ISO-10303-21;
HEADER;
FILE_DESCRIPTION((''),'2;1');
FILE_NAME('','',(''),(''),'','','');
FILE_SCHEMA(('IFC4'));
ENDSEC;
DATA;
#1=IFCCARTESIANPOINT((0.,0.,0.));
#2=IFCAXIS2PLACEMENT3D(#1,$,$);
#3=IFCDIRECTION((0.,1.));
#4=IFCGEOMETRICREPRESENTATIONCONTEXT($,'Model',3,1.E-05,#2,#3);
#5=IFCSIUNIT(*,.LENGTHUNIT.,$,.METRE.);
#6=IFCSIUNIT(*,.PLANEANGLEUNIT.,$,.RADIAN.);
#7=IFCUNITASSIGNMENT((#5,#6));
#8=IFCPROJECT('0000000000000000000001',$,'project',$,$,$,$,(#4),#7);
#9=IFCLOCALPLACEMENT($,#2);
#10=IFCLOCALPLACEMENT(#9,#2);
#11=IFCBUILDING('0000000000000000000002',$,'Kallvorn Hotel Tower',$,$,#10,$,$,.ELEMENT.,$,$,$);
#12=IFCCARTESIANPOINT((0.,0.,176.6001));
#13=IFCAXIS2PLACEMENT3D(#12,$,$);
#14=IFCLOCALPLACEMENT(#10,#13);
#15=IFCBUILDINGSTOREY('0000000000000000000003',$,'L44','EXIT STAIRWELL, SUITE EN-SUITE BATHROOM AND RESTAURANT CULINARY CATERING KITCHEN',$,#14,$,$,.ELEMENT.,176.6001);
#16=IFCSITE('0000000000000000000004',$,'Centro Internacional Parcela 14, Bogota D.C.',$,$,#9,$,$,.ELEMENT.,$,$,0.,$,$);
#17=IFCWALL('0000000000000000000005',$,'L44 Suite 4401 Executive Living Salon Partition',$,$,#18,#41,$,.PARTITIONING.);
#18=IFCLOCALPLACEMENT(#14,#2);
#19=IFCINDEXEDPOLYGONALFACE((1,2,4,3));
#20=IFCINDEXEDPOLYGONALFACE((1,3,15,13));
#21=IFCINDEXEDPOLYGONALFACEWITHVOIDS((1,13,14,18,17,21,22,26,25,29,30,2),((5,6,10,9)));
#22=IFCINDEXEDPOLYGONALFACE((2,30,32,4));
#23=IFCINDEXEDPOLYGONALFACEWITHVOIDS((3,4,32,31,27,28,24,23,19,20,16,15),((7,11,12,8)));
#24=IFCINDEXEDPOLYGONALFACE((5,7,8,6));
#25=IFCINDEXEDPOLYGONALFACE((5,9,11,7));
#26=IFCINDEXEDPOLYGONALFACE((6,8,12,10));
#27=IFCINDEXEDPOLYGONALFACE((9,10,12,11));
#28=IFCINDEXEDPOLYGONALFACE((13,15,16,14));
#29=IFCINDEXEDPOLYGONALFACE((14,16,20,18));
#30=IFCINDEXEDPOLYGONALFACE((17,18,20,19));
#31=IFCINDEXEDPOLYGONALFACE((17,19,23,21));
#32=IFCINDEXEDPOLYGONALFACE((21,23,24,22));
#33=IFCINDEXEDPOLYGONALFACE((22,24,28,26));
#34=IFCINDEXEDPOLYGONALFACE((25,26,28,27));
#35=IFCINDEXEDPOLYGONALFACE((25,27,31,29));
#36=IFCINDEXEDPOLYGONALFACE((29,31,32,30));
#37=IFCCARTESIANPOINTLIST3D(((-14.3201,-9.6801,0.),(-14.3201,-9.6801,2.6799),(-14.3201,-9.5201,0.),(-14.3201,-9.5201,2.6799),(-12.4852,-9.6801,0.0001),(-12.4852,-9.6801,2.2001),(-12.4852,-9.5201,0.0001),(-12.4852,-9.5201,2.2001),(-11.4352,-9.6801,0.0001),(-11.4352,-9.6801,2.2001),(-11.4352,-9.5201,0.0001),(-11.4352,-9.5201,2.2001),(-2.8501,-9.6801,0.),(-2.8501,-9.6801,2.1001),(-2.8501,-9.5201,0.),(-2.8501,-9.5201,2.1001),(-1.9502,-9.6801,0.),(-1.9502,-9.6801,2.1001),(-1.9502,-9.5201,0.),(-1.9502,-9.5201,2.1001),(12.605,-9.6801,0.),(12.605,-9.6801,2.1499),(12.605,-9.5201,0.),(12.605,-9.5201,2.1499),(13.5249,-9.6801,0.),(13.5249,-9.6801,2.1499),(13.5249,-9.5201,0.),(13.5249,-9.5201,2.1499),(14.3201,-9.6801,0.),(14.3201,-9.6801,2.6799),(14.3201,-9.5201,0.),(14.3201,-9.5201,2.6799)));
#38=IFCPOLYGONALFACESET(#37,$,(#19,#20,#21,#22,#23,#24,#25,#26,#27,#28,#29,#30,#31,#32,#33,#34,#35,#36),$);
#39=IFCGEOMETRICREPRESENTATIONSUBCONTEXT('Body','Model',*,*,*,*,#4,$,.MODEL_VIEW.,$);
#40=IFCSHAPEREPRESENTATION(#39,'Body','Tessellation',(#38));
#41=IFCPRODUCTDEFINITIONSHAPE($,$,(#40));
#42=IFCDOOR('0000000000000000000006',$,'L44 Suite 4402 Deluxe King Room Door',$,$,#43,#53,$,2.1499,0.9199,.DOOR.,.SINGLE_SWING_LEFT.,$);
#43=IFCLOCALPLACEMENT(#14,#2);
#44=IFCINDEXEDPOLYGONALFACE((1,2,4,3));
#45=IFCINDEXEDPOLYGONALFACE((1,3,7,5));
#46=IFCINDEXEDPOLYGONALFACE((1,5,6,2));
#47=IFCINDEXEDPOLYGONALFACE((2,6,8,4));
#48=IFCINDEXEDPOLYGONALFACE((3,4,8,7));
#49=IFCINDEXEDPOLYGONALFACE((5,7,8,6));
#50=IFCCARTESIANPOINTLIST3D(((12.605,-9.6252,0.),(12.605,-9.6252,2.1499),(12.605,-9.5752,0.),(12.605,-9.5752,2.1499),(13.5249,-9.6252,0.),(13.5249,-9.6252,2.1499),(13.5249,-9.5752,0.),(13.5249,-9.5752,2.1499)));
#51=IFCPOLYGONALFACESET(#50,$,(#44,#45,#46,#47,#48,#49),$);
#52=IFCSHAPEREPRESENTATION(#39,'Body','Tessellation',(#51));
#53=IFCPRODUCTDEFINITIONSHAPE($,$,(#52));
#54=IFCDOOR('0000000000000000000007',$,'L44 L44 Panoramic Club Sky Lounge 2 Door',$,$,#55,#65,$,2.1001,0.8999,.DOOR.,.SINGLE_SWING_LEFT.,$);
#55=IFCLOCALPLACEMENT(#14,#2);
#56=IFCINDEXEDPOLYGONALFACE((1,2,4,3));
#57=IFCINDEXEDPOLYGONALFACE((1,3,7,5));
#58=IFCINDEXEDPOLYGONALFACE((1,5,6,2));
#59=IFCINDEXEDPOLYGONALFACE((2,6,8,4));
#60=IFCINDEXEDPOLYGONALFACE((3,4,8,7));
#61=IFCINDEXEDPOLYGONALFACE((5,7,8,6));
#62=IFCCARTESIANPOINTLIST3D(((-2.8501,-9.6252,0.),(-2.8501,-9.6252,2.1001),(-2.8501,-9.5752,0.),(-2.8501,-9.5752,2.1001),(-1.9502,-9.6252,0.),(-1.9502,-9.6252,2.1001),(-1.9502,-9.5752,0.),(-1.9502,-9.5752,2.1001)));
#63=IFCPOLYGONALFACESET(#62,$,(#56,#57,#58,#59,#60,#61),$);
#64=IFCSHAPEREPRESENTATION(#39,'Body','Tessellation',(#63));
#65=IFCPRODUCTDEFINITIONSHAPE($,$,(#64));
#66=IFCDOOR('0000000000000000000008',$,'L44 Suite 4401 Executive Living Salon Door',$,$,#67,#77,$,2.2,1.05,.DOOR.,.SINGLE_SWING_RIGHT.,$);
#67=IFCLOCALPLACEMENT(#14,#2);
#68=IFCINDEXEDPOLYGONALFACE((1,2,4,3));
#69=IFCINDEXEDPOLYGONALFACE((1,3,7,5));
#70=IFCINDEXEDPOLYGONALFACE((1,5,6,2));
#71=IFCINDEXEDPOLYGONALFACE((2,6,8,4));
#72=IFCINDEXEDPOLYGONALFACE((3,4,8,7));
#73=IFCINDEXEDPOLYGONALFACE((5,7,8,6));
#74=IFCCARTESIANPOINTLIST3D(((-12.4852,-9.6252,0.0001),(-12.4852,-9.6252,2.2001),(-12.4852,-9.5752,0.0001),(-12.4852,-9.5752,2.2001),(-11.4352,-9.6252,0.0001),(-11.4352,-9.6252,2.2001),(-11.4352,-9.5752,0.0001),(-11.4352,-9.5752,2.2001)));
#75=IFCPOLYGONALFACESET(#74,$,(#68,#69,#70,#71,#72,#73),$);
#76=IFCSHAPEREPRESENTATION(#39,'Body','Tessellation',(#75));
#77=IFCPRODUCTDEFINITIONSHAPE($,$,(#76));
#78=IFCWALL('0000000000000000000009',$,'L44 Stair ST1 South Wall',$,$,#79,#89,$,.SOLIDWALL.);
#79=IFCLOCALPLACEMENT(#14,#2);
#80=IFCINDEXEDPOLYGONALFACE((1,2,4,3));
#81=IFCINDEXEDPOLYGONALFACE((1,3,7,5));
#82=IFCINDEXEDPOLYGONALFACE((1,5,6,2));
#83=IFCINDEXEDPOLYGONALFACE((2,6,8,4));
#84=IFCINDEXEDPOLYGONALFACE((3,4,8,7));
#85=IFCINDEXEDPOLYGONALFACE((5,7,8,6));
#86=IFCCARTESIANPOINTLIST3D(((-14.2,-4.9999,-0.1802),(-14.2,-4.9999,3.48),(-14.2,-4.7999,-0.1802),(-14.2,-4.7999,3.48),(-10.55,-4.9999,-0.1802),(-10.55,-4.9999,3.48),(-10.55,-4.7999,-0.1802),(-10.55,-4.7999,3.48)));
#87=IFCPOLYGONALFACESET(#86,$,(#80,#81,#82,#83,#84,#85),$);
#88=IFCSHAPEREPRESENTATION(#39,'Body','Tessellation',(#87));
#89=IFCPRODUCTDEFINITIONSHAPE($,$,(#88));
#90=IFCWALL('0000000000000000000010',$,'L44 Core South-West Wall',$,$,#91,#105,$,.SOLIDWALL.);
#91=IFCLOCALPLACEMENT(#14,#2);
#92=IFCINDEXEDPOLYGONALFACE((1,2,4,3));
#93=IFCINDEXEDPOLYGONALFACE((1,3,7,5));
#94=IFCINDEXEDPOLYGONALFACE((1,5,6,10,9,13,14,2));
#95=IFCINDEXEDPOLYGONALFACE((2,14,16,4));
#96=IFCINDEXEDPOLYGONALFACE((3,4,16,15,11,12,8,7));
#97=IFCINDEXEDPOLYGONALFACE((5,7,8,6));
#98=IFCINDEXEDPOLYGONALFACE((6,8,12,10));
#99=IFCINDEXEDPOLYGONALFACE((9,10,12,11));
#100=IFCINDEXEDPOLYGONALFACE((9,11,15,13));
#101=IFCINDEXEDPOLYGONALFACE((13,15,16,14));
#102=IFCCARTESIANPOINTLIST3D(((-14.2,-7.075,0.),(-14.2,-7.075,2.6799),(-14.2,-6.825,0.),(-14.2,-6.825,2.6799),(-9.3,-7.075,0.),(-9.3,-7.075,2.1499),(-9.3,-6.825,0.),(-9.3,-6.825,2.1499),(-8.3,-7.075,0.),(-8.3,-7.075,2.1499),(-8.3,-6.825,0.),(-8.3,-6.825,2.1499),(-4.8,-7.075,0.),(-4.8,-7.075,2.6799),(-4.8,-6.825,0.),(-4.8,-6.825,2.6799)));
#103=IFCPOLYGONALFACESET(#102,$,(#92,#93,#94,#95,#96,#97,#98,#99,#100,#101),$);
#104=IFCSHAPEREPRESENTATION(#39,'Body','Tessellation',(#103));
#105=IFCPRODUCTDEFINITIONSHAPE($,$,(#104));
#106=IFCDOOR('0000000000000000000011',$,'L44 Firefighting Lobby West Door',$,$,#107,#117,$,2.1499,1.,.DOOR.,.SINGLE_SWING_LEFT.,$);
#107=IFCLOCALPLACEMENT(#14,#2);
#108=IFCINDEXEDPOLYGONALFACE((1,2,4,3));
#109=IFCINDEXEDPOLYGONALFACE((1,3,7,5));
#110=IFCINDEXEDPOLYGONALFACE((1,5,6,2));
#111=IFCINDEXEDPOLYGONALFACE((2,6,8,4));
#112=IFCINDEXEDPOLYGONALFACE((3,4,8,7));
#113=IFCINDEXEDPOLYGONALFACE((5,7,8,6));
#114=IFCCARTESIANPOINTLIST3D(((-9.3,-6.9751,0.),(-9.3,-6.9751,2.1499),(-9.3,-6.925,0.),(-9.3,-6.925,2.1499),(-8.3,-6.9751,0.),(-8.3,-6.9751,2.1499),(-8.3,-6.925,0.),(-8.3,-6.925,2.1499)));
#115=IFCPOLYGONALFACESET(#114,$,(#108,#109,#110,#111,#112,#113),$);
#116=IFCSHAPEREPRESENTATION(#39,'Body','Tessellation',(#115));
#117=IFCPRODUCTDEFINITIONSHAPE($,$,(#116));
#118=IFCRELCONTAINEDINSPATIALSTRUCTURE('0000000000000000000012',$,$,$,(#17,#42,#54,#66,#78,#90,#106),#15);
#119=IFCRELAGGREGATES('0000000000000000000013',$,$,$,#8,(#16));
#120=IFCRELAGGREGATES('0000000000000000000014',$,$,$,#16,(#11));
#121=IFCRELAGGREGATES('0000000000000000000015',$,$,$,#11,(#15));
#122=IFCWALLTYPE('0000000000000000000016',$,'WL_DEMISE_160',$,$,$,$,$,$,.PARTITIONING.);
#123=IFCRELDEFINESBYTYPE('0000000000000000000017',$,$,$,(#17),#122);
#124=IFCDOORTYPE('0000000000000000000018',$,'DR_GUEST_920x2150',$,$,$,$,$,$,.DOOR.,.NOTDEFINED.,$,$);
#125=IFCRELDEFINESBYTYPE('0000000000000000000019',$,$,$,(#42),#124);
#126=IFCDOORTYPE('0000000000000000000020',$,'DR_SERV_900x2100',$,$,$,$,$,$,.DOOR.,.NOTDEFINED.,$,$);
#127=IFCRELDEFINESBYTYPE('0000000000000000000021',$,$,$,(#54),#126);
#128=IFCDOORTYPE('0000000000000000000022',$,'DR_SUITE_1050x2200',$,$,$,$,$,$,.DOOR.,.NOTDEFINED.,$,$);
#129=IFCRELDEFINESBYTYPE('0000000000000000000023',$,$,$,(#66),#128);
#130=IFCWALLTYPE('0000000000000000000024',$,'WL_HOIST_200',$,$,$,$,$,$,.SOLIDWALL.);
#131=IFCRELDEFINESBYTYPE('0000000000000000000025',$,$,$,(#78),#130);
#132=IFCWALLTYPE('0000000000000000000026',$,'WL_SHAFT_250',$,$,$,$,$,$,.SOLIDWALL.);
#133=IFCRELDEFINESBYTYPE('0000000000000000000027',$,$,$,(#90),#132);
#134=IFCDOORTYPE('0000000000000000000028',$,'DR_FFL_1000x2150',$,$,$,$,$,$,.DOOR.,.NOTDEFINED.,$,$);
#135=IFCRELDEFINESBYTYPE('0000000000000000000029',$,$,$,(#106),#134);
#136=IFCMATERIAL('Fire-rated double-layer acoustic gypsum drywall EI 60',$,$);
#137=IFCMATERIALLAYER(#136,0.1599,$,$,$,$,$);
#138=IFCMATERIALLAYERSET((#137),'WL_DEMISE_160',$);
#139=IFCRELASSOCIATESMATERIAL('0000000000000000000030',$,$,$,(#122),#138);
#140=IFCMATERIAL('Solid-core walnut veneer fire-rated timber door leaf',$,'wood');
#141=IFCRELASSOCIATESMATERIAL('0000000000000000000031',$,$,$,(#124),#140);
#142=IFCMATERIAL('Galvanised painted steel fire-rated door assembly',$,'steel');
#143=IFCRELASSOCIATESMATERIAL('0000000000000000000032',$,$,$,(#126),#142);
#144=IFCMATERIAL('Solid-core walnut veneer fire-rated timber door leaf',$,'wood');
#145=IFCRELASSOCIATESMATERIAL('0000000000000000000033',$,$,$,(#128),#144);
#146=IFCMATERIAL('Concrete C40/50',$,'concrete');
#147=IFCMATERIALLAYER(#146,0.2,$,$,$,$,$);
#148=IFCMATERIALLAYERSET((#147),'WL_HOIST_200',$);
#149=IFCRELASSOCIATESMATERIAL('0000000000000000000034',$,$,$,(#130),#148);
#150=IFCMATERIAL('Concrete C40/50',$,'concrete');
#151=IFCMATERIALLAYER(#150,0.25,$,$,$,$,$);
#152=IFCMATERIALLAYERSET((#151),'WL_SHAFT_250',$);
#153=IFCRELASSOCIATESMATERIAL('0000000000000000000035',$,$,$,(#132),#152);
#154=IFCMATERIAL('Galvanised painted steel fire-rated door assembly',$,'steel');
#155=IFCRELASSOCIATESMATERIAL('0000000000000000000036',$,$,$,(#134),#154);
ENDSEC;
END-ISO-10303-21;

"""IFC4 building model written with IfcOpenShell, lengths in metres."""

from ifc_helpers import new_model, si_unit, direction, frame, frame_2d, origin, place, context, subcontext, project, spatial, rectangle, extrude, material, layer, layer_set, type_object, element, fill, save


model = new_model("IFC4")

# Units and contexts
model_context = context("Model", 3, precision=1e-05, world=origin(), true_north=direction((0.0, 1.0)))
body_context = subcontext(model_context, "Body", "Model", "MODEL_VIEW")
ifc_project = project(units=[si_unit("LENGTHUNIT", "METRE"), si_unit("PLANEANGLEUNIT", "RADIAN")], contexts=[model_context])

# Site, building, storey
site_placement = place(None, origin())
site = spatial("IfcSite", under=ifc_project, at=site_placement, Name="Centro Internacional Parcela 14, Bogota D.C.", CompositionType="ELEMENT", RefElevation=0.0)
building_placement = place(site_placement, origin())
building = spatial("IfcBuilding", under=site, at=building_placement, Name="Kallvorn Hotel Tower", CompositionType="ELEMENT")
storey_placement = place(building_placement, frame((0.0, 0.0, 176.6001)))
storey = spatial("IfcBuildingStorey", under=building, at=storey_placement, Name="L44", Description="EXIT STAIRWELL, SUITE EN-SUITE BATHROOM AND RESTAURANT CULINARY CATERING KITCHEN", CompositionType="ELEMENT", Elevation=176.6001)

# Wall, openings, doors
ifc_material_1 = material(Name="Fire-rated double-layer acoustic gypsum drywall EI 60")
ifc_layer_1 = layer(ifc_material_1, 0.1599)
ifc_layer_set_1 = layer_set([ifc_layer_1], Name="WL_DEMISE_160")
wall_type_1 = type_object("IfcWallType", Name="WL_DEMISE_160", PredefinedType="PARTITIONING", material=ifc_layer_set_1)
wall_1_placement = place(storey_placement, frame((-14.3201, -9.6001, 0.0), z_axis=(0.0, 0.0, 1.0), x_axis=(1.0, 0.0, 0.0)))
wall_1 = element("IfcWall", 1, at=wall_1_placement, inside=storey, type_object=wall_type_1, Name="L44 Suite 4401 Executive Living Salon Partition", PredefinedType="PARTITIONING", context=body_context, shape_type="SweptSolid", body=[
    extrude(rectangle(XDim=28.6401, YDim=0.1599, at=frame_2d((14.3201, 0.0))), origin(), (0.0, 0.0, 1.0), 2.6799),
])
opening_1_placement = place(wall_1_placement, frame((1.835, 0.0, 0.0)))
opening_1 = element("IfcOpeningElement", 2, at=opening_1_placement, cuts=wall_1, PredefinedType="OPENING", context=body_context, shape_type="SweptSolid", body=[
    extrude(rectangle(XDim=1.05, YDim=2.2, at=frame_2d((0.5249, 1.1001))), frame((0.0, 0.095, 0.0), z_axis=(0.0, -1.0, 0.0), x_axis=(1.0, 0.0, 0.0)), (0.0, 0.0, 1.0), 0.1899),
])
opening_2_placement = place(wall_1_placement, frame((11.47, 0.0, 0.0)))
opening_2 = element("IfcOpeningElement", 3, at=opening_2_placement, cuts=wall_1, PredefinedType="OPENING", context=body_context, shape_type="SweptSolid", body=[
    extrude(rectangle(XDim=0.8999, YDim=2.1001, at=frame_2d((0.45, 1.05))), frame((0.0, 0.095, 0.0), z_axis=(0.0, -1.0, 0.0), x_axis=(1.0, 0.0, 0.0)), (0.0, 0.0, 1.0), 0.1899),
])
opening_3_placement = place(wall_1_placement, frame((26.925, 0.0, 0.0)))
opening_3 = element("IfcOpeningElement", 4, at=opening_3_placement, cuts=wall_1, PredefinedType="OPENING", context=body_context, shape_type="SweptSolid", body=[
    extrude(rectangle(XDim=0.9199, YDim=2.1499, at=frame_2d((0.46, 1.075))), frame((0.0, 0.095, 0.0), z_axis=(0.0, -1.0, 0.0), x_axis=(1.0, 0.0, 0.0)), (0.0, 0.0, 1.0), 0.1899),
])
ifc_material_2 = material(Name="Solid-core walnut veneer fire-rated timber door leaf", Category="wood")
door_type_1 = type_object("IfcDoorType", Name="DR_GUEST_920x2150", OperationType="NOTDEFINED", PredefinedType="DOOR", material=ifc_material_2)
door_1_placement = place(opening_3_placement, origin())
door_1 = element("IfcDoor", 5, at=door_1_placement, inside=storey, type_object=door_type_1, Name="L44 Suite 4402 Deluxe King Room Door", OperationType="SINGLE_SWING_LEFT", OverallHeight=2.1499, OverallWidth=0.9199, PredefinedType="DOOR", context=body_context, shape_type="SweptSolid", body=[
    extrude(rectangle(XDim=0.9199, YDim=2.1499, at=frame_2d((0.46, 1.075))), frame((0.0, 0.0249, 0.0), z_axis=(0.0, -1.0, 0.0), x_axis=(1.0, 0.0, 0.0)), (0.0, 0.0, 1.0), 0.05),
])
fill(opening_3, door_1)
ifc_material_3 = material(Name="Galvanised painted steel fire-rated door assembly", Category="steel")
door_type_2 = type_object("IfcDoorType", Name="DR_SERV_900x2100", OperationType="NOTDEFINED", PredefinedType="DOOR", material=ifc_material_3)
door_2_placement = place(opening_2_placement, origin())
door_2 = element("IfcDoor", 6, at=door_2_placement, inside=storey, type_object=door_type_2, Name="L44 L44 Panoramic Club Sky Lounge 2 Door", OperationType="SINGLE_SWING_LEFT", OverallHeight=2.1001, OverallWidth=0.8999, PredefinedType="DOOR", context=body_context, shape_type="SweptSolid", body=[
    extrude(rectangle(XDim=0.8999, YDim=2.1001, at=frame_2d((0.45, 1.05))), frame((0.0, 0.0249, 0.0), z_axis=(0.0, -1.0, 0.0), x_axis=(1.0, 0.0, 0.0)), (0.0, 0.0, 1.0), 0.05),
])
fill(opening_2, door_2)
ifc_material_4 = material(Name="Solid-core walnut veneer fire-rated timber door leaf", Category="wood")
door_type_3 = type_object("IfcDoorType", Name="DR_SUITE_1050x2200", OperationType="NOTDEFINED", PredefinedType="DOOR", material=ifc_material_4)
door_3_placement = place(opening_1_placement, origin())
door_3 = element("IfcDoor", 7, at=door_3_placement, inside=storey, type_object=door_type_3, Name="L44 Suite 4401 Executive Living Salon Door", OperationType="SINGLE_SWING_RIGHT", OverallHeight=2.2, OverallWidth=1.05, PredefinedType="DOOR", context=body_context, shape_type="SweptSolid", body=[
    extrude(rectangle(XDim=1.05, YDim=2.2, at=frame_2d((0.5249, 1.1001))), frame((0.0, 0.0249, 0.0), z_axis=(0.0, -1.0, 0.0), x_axis=(1.0, 0.0, 0.0)), (0.0, 0.0, 1.0), 0.05),
])
fill(opening_1, door_3)

# Wall
ifc_material_5 = material(Name="Concrete C40/50", Category="concrete")
ifc_layer_2 = layer(ifc_material_5, 0.2)
ifc_layer_set_2 = layer_set([ifc_layer_2], Name="WL_HOIST_200")
wall_type_2 = type_object("IfcWallType", Name="WL_HOIST_200", PredefinedType="SOLIDWALL", material=ifc_layer_set_2)
wall_2_placement = place(storey_placement, frame((-14.2, -4.8999, -0.1802), z_axis=(0.0, 0.0, 1.0), x_axis=(1.0, 0.0, 0.0)))
element("IfcWall", 8, at=wall_2_placement, inside=storey, type_object=wall_type_2, Name="L44 Stair ST1 South Wall", PredefinedType="SOLIDWALL", context=body_context, shape_type="SweptSolid", body=[
    extrude(rectangle(XDim=3.6499, YDim=0.2, at=frame_2d((1.825, 0.0))), origin(), (0.0, 0.0, 1.0), 3.6602),
])

# Wall, opening, door
ifc_material_6 = material(Name="Concrete C40/50", Category="concrete")
ifc_layer_3 = layer(ifc_material_6, 0.25)
ifc_layer_set_3 = layer_set([ifc_layer_3], Name="WL_SHAFT_250")
wall_type_3 = type_object("IfcWallType", Name="WL_SHAFT_250", PredefinedType="SOLIDWALL", material=ifc_layer_set_3)
wall_3_placement = place(storey_placement, frame((-14.2, -6.95, 0.0), z_axis=(0.0, 0.0, 1.0), x_axis=(1.0, 0.0, 0.0)))
wall_3 = element("IfcWall", 9, at=wall_3_placement, inside=storey, type_object=wall_type_3, Name="L44 Core South-West Wall", PredefinedType="SOLIDWALL", context=body_context, shape_type="SweptSolid", body=[
    extrude(rectangle(XDim=9.3999, YDim=0.25, at=frame_2d((4.7, 0.0))), origin(), (0.0, 0.0, 1.0), 2.6799),
])
opening_4_placement = place(wall_3_placement, frame((4.8999, 0.0, 0.0)))
opening_4 = element("IfcOpeningElement", 10, at=opening_4_placement, cuts=wall_3, PredefinedType="OPENING", context=body_context, shape_type="SweptSolid", body=[
    extrude(rectangle(XDim=1.0, YDim=2.1499, at=frame_2d((0.5, 1.075))), frame((0.0, 0.1399, 0.0), z_axis=(0.0, -1.0, 0.0), x_axis=(1.0, 0.0, 0.0)), (0.0, 0.0, 1.0), 0.28),
])
ifc_material_7 = material(Name="Galvanised painted steel fire-rated door assembly", Category="steel")
door_type_4 = type_object("IfcDoorType", Name="DR_FFL_1000x2150", OperationType="NOTDEFINED", PredefinedType="DOOR", material=ifc_material_7)
door_4_placement = place(opening_4_placement, origin())
door_4 = element("IfcDoor", 11, at=door_4_placement, inside=storey, type_object=door_type_4, Name="L44 Firefighting Lobby West Door", OperationType="SINGLE_SWING_LEFT", OverallHeight=2.1499, OverallWidth=1.0, PredefinedType="DOOR", context=body_context, shape_type="SweptSolid", body=[
    extrude(rectangle(XDim=1.0, YDim=2.1499, at=frame_2d((0.5, 1.075))), frame((0.0, 0.0249, 0.0), z_axis=(0.0, -1.0, 0.0), x_axis=(1.0, 0.0, 0.0)), (0.0, 0.0, 1.0), 0.05),
])
fill(opening_4, door_4)

save(model, "model.ifc")
